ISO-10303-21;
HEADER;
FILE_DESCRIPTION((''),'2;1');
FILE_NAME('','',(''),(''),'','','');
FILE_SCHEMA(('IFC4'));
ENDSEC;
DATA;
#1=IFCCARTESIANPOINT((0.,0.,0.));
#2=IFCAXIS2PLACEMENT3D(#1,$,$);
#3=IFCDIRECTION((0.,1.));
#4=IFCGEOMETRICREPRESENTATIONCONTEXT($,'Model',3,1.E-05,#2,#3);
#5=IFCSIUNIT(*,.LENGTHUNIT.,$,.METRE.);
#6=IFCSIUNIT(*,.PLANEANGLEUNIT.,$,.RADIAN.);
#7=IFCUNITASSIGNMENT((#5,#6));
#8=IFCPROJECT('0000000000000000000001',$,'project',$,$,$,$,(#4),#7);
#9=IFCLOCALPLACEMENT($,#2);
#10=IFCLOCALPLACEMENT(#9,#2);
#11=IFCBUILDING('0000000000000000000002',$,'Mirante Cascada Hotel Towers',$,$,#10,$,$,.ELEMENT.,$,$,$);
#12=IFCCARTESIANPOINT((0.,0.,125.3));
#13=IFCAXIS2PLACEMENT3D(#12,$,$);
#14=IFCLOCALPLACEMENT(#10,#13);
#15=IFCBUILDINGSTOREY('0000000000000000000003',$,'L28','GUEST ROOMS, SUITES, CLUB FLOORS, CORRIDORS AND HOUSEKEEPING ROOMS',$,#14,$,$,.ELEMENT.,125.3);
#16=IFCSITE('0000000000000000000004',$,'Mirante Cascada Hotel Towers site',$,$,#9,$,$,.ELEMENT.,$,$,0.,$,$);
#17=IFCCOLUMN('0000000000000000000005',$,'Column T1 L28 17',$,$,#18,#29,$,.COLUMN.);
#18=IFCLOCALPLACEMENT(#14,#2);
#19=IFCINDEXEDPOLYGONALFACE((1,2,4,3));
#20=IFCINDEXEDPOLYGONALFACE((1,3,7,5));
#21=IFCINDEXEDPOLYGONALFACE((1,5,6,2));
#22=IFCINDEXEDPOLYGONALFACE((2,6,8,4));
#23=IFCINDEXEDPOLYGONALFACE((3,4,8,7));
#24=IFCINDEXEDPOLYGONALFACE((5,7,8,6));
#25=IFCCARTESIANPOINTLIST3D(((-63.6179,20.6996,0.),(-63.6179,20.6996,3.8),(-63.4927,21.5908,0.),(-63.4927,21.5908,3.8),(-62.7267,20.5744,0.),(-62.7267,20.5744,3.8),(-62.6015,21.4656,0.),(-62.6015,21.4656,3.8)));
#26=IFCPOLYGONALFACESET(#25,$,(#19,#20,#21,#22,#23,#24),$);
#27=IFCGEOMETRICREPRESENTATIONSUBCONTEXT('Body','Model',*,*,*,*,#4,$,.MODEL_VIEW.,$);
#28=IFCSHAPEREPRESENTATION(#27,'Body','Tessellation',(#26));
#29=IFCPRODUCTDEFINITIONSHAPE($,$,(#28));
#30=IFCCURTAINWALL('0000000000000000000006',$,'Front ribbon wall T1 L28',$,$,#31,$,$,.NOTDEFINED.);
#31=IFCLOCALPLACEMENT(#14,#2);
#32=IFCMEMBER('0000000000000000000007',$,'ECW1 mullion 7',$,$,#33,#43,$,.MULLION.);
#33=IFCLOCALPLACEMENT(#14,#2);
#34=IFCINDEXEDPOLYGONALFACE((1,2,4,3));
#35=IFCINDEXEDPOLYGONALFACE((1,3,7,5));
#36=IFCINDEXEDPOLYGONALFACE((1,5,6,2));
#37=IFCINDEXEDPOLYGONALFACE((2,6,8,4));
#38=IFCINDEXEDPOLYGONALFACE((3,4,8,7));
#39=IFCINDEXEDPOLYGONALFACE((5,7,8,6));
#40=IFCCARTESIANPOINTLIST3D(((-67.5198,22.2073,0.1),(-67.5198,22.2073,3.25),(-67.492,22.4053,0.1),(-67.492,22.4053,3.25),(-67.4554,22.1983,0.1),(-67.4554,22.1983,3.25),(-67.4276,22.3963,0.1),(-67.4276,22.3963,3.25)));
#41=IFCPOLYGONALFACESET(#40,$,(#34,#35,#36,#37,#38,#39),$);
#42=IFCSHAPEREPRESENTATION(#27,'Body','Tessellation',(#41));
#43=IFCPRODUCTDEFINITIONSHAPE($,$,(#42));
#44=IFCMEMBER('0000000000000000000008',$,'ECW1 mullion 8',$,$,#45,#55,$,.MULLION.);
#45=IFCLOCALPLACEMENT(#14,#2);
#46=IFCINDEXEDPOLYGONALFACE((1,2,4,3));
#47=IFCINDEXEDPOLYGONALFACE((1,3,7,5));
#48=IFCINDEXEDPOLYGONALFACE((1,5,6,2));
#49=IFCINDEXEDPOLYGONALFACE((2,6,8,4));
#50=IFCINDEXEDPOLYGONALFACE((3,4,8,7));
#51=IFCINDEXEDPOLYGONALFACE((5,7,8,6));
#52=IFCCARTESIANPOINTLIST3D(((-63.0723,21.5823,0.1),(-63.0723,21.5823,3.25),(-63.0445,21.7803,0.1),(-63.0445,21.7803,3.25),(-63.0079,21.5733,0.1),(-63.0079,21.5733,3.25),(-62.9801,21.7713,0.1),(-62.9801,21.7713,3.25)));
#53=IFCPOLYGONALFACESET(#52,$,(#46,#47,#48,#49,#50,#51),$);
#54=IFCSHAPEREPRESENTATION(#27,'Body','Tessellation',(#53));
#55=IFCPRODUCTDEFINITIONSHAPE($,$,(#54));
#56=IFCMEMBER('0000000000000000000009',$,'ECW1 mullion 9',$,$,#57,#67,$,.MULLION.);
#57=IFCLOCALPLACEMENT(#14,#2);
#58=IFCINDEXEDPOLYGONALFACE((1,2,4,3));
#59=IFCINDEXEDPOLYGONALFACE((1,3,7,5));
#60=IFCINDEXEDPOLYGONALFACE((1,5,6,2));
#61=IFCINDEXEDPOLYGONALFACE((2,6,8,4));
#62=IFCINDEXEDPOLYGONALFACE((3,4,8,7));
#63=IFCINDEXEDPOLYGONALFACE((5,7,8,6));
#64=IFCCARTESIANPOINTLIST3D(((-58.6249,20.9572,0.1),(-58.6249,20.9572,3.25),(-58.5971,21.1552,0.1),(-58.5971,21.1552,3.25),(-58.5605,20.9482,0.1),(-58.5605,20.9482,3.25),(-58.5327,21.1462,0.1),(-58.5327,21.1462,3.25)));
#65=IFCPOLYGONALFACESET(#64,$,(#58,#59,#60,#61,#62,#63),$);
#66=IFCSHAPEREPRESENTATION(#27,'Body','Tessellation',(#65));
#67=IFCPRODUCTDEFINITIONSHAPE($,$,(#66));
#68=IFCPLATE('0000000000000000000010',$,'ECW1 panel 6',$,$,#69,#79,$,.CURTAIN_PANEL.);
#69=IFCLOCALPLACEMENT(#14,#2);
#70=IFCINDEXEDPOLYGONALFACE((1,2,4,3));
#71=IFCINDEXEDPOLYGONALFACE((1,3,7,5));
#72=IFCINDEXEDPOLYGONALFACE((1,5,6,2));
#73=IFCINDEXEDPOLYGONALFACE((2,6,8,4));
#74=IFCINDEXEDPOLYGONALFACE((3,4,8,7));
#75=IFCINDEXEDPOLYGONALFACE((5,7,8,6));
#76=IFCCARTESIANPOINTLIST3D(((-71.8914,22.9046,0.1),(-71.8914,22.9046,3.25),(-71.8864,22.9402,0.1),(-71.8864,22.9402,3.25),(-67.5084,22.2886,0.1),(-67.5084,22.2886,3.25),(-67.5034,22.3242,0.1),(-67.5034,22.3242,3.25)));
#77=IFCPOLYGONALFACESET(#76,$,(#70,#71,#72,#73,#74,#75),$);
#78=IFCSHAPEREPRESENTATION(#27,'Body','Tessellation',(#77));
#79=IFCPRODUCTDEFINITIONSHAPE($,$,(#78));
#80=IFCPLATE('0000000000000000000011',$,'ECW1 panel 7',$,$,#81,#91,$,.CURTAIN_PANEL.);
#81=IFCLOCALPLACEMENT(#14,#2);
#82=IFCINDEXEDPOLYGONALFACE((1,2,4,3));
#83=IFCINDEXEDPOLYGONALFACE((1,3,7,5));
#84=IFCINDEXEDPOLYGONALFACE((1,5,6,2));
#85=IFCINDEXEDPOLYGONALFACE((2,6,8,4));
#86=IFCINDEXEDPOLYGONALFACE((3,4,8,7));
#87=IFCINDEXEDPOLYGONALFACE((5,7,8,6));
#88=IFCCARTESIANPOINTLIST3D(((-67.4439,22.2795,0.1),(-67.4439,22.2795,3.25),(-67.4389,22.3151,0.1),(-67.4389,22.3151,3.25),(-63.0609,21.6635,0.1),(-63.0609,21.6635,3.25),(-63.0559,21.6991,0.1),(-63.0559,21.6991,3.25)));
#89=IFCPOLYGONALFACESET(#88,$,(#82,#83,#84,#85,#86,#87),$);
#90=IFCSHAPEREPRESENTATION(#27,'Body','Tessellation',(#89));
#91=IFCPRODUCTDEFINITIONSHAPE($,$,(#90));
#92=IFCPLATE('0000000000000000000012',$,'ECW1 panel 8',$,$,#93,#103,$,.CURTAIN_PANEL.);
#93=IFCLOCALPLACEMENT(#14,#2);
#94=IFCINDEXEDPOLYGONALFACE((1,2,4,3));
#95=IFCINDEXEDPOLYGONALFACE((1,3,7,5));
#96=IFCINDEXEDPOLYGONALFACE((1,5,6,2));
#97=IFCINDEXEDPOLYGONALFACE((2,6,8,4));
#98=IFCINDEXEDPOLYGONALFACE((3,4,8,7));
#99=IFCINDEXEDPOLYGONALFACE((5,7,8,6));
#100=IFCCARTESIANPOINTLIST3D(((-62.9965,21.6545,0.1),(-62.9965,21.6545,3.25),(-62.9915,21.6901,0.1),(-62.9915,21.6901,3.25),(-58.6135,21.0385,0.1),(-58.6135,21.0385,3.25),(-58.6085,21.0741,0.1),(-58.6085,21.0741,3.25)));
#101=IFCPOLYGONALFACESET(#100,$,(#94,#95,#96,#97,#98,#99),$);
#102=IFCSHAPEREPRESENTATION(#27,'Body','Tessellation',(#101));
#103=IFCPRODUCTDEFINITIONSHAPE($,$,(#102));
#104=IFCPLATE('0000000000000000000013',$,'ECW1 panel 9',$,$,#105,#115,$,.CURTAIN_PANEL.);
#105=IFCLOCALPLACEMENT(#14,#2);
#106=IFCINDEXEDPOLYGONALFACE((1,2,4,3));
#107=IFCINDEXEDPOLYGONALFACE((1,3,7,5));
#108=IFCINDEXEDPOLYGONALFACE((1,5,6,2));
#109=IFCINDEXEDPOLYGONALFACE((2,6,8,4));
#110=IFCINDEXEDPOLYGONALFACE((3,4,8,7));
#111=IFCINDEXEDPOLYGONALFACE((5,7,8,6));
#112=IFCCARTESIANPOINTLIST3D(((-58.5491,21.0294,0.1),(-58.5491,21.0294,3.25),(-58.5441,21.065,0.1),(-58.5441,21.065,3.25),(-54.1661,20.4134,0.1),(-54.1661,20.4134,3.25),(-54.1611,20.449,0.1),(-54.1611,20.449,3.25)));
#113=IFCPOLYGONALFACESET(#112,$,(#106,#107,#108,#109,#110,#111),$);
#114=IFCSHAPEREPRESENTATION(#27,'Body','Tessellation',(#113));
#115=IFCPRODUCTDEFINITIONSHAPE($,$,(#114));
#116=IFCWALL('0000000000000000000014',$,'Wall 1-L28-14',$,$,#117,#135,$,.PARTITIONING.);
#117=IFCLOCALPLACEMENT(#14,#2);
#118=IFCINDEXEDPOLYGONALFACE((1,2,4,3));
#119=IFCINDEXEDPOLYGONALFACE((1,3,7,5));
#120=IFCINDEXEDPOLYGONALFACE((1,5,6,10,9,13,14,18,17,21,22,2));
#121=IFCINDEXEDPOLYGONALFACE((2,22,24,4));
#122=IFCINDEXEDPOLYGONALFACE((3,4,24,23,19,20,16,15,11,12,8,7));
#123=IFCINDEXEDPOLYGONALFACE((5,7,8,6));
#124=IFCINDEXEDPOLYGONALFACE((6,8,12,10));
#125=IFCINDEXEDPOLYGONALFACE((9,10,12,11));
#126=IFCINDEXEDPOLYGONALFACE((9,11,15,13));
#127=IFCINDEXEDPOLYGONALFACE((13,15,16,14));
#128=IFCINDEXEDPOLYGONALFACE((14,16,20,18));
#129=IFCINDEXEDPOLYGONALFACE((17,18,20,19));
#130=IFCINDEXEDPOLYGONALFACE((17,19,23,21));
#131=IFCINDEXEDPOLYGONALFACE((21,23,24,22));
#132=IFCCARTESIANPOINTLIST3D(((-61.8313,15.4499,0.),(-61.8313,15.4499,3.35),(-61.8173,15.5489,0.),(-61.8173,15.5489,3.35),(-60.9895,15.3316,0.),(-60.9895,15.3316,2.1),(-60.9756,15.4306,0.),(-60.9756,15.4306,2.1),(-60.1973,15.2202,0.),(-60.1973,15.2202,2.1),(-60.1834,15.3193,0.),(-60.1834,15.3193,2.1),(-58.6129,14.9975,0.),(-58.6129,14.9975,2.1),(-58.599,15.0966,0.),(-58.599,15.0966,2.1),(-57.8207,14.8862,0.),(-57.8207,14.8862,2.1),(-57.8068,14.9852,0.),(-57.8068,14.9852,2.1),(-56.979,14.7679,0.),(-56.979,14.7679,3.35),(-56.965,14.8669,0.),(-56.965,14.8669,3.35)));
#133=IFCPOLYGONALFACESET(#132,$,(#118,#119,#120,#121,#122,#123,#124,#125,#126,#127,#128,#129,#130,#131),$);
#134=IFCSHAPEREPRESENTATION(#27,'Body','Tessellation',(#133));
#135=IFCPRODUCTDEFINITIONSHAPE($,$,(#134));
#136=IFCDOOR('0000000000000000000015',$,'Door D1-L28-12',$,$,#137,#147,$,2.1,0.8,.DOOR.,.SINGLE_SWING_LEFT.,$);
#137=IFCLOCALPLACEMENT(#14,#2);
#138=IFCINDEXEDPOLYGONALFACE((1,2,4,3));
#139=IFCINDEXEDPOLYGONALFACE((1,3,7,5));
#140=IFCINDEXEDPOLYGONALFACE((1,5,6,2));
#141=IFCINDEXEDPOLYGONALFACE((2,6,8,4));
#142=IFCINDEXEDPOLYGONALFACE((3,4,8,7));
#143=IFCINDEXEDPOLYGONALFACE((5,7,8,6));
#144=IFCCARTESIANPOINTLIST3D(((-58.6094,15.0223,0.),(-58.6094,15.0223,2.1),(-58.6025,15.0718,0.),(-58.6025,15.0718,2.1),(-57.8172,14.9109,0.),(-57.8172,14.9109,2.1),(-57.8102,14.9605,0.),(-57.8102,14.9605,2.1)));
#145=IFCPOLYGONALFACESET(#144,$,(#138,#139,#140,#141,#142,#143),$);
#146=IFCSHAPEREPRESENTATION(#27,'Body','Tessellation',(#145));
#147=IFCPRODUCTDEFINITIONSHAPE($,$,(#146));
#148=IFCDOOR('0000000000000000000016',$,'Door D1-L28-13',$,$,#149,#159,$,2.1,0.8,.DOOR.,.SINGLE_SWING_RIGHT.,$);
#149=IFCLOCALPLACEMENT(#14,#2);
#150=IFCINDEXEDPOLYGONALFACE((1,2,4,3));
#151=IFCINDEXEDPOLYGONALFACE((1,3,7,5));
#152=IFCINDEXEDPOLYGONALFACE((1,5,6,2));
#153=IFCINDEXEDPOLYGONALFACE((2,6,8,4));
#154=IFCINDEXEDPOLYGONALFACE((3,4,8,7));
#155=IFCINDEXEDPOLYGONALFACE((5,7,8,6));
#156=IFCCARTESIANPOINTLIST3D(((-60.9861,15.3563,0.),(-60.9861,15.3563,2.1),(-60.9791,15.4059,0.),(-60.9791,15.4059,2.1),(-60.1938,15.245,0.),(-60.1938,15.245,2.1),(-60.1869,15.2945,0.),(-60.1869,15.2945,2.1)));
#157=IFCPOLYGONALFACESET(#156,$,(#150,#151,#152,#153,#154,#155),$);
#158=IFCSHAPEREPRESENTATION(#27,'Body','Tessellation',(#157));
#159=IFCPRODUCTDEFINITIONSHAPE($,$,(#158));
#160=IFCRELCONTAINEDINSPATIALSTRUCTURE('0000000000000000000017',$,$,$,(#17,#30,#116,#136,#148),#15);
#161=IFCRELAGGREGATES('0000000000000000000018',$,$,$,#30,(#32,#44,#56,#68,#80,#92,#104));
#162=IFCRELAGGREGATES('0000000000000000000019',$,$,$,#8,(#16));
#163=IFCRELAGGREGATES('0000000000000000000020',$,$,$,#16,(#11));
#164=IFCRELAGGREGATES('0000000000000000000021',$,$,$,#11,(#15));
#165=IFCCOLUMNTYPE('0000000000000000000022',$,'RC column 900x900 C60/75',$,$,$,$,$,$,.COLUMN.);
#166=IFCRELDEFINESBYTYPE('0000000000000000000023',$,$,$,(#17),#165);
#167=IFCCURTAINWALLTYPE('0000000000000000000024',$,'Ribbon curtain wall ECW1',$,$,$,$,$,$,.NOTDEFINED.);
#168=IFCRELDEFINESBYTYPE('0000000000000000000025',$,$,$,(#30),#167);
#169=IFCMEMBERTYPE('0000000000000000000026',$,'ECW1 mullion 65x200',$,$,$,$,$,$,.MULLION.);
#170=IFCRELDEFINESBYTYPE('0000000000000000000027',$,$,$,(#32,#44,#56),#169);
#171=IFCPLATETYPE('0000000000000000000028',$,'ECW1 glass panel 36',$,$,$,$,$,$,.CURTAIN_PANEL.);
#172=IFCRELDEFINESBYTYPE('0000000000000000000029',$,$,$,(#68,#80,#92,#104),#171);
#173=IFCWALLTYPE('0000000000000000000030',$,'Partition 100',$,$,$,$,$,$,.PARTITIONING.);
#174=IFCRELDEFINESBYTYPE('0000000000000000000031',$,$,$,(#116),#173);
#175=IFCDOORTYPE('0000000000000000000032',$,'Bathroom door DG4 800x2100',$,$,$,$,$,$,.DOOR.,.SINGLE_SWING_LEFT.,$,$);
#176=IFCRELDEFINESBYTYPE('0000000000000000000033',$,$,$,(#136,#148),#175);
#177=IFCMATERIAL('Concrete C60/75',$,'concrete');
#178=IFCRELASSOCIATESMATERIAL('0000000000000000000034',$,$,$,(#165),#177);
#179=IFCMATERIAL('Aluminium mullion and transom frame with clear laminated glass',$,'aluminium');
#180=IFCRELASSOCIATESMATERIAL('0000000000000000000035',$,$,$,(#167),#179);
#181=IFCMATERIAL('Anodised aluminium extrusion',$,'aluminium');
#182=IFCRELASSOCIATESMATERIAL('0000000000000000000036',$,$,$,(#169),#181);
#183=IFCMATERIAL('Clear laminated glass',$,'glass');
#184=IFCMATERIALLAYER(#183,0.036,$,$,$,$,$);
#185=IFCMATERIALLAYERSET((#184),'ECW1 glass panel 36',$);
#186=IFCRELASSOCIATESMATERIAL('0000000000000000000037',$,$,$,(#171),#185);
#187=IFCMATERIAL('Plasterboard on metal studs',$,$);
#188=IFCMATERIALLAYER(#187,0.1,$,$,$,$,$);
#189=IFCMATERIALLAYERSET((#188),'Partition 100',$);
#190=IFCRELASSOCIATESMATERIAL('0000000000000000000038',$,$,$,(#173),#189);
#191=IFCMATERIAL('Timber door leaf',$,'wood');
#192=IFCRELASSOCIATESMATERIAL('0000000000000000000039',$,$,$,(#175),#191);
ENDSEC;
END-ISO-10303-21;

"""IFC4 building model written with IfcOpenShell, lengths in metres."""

from ifc_helpers import new_model, si_unit, direction, frame, frame_2d, origin, origin_2d, place, context, subcontext, project, spatial, rectangle, extrude, material, layer, layer_set, material_profile, profile_set, type_object, element, fill, aggregate, save


model = new_model("IFC4")

# Units and contexts
model_context = context("Model", 3, precision=1e-05, world=origin(), true_north=direction((0.0, 1.0)))
body_context = subcontext(model_context, "Body", "Model", "MODEL_VIEW")
ifc_project = project(units=[si_unit("LENGTHUNIT", "METRE"), si_unit("PLANEANGLEUNIT", "RADIAN")], contexts=[model_context])

# Site, building, storey
site_placement = place(None, origin())
site = spatial("IfcSite", under=ifc_project, at=site_placement, Name="Mirante Cascada Hotel Towers site", CompositionType="ELEMENT", RefElevation=0.0)
building_placement = place(site_placement, origin())
building = spatial("IfcBuilding", under=site, at=building_placement, Name="Mirante Cascada Hotel Towers", CompositionType="ELEMENT")
storey_placement = place(building_placement, frame((0.0, 0.0, 125.3)))
storey = spatial("IfcBuildingStorey", under=building, at=storey_placement, Name="L28", Description="GUEST ROOMS, SUITES, CLUB FLOORS, CORRIDORS AND HOUSEKEEPING ROOMS", CompositionType="ELEMENT", Elevation=125.3)

# Column
ifc_material_1 = material(Name="Concrete C60/75", Category="concrete")
ifc_material_profile_1 = material_profile(ifc_material_1, rectangle(XDim=0.9, YDim=0.9, at=origin_2d()), Name="RC column 900x900 C60/75")
ifc_profile_set_1 = profile_set([ifc_material_profile_1], Name="Concrete C60/75")
column_type = type_object("IfcColumnType", Name="RC column 900x900 C60/75", PredefinedType="COLUMN", material=ifc_profile_set_1)
column_placement = place(storey_placement, frame((-63.1097, 21.0826, 0.0), z_axis=(0.0, 0.0, 1.0), x_axis=(-0.990268, 0.139173, 0.0)))
element("IfcColumn", 1, at=column_placement, inside=storey, type_object=column_type, Name="Column T1 L28 17", PredefinedType="COLUMN", context=body_context, shape_type="SweptSolid", body=[
    extrude(rectangle(XDim=0.9, YDim=0.9, at=origin_2d()), origin(), (0.0, 0.0, 1.0), 3.8),
])

# Curtain wall, members, plates
ifc_material_2 = material(Name="Aluminium mullion and transom frame with clear laminated glass", Category="aluminium")
curtain_wall_type = type_object("IfcCurtainWallType", Name="Ribbon curtain wall ECW1", PredefinedType="NOTDEFINED", material=ifc_material_2)
curtain_wall_placement = place(storey_placement, origin())
curtain_wall = element("IfcCurtainWall", 2, at=curtain_wall_placement, inside=storey, type_object=curtain_wall_type, Name="Front ribbon wall T1 L28", PredefinedType="NOTDEFINED")
ifc_material_3 = material(Name="Anodised aluminium extrusion", Category="aluminium")
ifc_material_profile_2 = material_profile(ifc_material_3, rectangle(XDim=0.2, YDim=0.065, at=origin_2d()), Name="ECW1 MULLION 65x200")
ifc_profile_set_2 = profile_set([ifc_material_profile_2], Name="Anodised aluminium extrusion")
member_type = type_object("IfcMemberType", Name="ECW1 mullion 65x200", PredefinedType="MULLION", material=ifc_profile_set_2)
member_1_placement = place(storey_placement, frame((-67.4737, 22.3018, 0.1), z_axis=(0.0, 0.0, 1.0), x_axis=(0.139173, 0.990268, 0.0)))
member_1 = element("IfcMember", 3, at=member_1_placement, type_object=member_type, Name="ECW1 mullion 7", PredefinedType="MULLION", context=body_context, shape_type="SweptSolid", body=[
    extrude(rectangle(XDim=0.2, YDim=0.065, at=origin_2d()), origin(), (0.0, 0.0, 1.0), 3.15),
])
member_2_placement = place(storey_placement, frame((-63.0262, 21.6768, 0.1), z_axis=(0.0, 0.0, 1.0), x_axis=(0.139173, 0.990268, 0.0)))
member_2 = element("IfcMember", 4, at=member_2_placement, type_object=member_type, Name="ECW1 mullion 8", PredefinedType="MULLION", context=body_context, shape_type="SweptSolid", body=[
    extrude(rectangle(XDim=0.2, YDim=0.065, at=origin_2d()), origin(), (0.0, 0.0, 1.0), 3.15),
])
member_3_placement = place(storey_placement, frame((-58.5788, 21.0517, 0.1), z_axis=(0.0, 0.0, 1.0), x_axis=(0.139173, 0.990268, 0.0)))
member_3 = element("IfcMember", 5, at=member_3_placement, type_object=member_type, Name="ECW1 mullion 9", PredefinedType="MULLION", context=body_context, shape_type="SweptSolid", body=[
    extrude(rectangle(XDim=0.2, YDim=0.065, at=origin_2d()), origin(), (0.0, 0.0, 1.0), 3.15),
])
ifc_material_4 = material(Name="Clear laminated glass", Category="glass")
ifc_layer_1 = layer(ifc_material_4, 0.036)
ifc_layer_set_1 = layer_set([ifc_layer_1], Name="ECW1 glass panel 36")
plate_type = type_object("IfcPlateType", Name="ECW1 glass panel 36", PredefinedType="CURTAIN_PANEL", material=ifc_layer_set_1)
plate_1_placement = place(storey_placement, frame((-69.6974, 22.6144, 0.1), z_axis=(0.0, 0.0, 1.0), x_axis=(0.990268, -0.139173, 0.0)))
plate_1 = element("IfcPlate", 6, at=plate_1_placement, type_object=plate_type, Name="ECW1 panel 6", PredefinedType="CURTAIN_PANEL", context=body_context, shape_type="SweptSolid", body=[
    extrude(rectangle(XDim=4.4261, YDim=0.036, at=origin_2d()), origin(), (0.0, 0.0, 1.0), 3.15),
])
plate_2_placement = place(storey_placement, frame((-65.2499, 21.9893, 0.1), z_axis=(0.0, 0.0, 1.0), x_axis=(0.990268, -0.139173, 0.0)))
plate_2 = element("IfcPlate", 7, at=plate_2_placement, type_object=plate_type, Name="ECW1 panel 7", PredefinedType="CURTAIN_PANEL", context=body_context, shape_type="SweptSolid", body=[
    extrude(rectangle(XDim=4.4261, YDim=0.036, at=origin_2d()), origin(), (0.0, 0.0, 1.0), 3.15),
])
plate_3_placement = place(storey_placement, frame((-60.8025, 21.3643, 0.1), z_axis=(0.0, 0.0, 1.0), x_axis=(0.990268, -0.139173, 0.0)))
plate_3 = element("IfcPlate", 8, at=plate_3_placement, type_object=plate_type, Name="ECW1 panel 8", PredefinedType="CURTAIN_PANEL", context=body_context, shape_type="SweptSolid", body=[
    extrude(rectangle(XDim=4.4261, YDim=0.036, at=origin_2d()), origin(), (0.0, 0.0, 1.0), 3.15),
])
plate_4_placement = place(storey_placement, frame((-56.3551, 20.7392, 0.1), z_axis=(0.0, 0.0, 1.0), x_axis=(0.990268, -0.139173, 0.0)))
plate_4 = element("IfcPlate", 9, at=plate_4_placement, type_object=plate_type, Name="ECW1 panel 9", PredefinedType="CURTAIN_PANEL", context=body_context, shape_type="SweptSolid", body=[
    extrude(rectangle(XDim=4.4261, YDim=0.036, at=origin_2d()), origin(), (0.0, 0.0, 1.0), 3.15),
])
aggregate(curtain_wall, [member_1, member_2, member_3, plate_1, plate_2, plate_3, plate_4])

# Wall, openings, doors
ifc_material_5 = material(Name="Plasterboard on metal studs")
ifc_layer_2 = layer(ifc_material_5, 0.1)
ifc_layer_set_2 = layer_set([ifc_layer_2], Name="Partition 100")
wall_type = type_object("IfcWallType", Name="Partition 100", PredefinedType="PARTITIONING", material=ifc_layer_set_2)
wall_1_placement = place(storey_placement, frame((-61.8243, 15.4994, 0.0), z_axis=(0.0, 0.0, 1.0), x_axis=(0.990267, -0.139184, 0.0)))
wall_1 = element("IfcWall", 10, at=wall_1_placement, inside=storey, type_object=wall_type, Name="Wall 1-L28-14", PredefinedType="PARTITIONING", context=body_context, shape_type="SweptSolid", body=[
    extrude(rectangle(XDim=4.9, YDim=0.1, at=frame_2d((2.45, 0.0))), origin(), (0.0, 0.0, 1.0), 3.35),
])
opening_1_placement = place(wall_1_placement, frame((3.25, 0.0, 0.0)))
opening_1 = element("IfcOpeningElement", 11, at=opening_1_placement, cuts=wall_1, PredefinedType="OPENING", context=body_context, shape_type="SweptSolid", body=[
    extrude(rectangle(XDim=0.8, YDim=2.1, at=frame_2d((0.4, 1.05))), frame((0.0, 0.05, 0.0), z_axis=(0.0, -1.0, 0.0), x_axis=(1.0, 0.0, 0.0)), (0.0, 0.0, 1.0), 0.1),
])
opening_2_placement = place(wall_1_placement, frame((0.85, 0.0, 0.0)))
opening_2 = element("IfcOpeningElement", 12, at=opening_2_placement, cuts=wall_1, PredefinedType="OPENING", context=body_context, shape_type="SweptSolid", body=[
    extrude(rectangle(XDim=0.8, YDim=2.1, at=frame_2d((0.4, 1.05))), frame((0.0, 0.05, 0.0), z_axis=(0.0, -1.0, 0.0), x_axis=(1.0, 0.0, 0.0)), (0.0, 0.0, 1.0), 0.1),
])
ifc_material_6 = material(Name="Timber door leaf", Category="wood")
door_type_1 = type_object("IfcDoorType", Name="Bathroom door DG4 800x2100", OperationType="SINGLE_SWING_LEFT", PredefinedType="DOOR", material=ifc_material_6)
door_1_placement = place(opening_1_placement, origin())
door_1 = element("IfcDoor", 13, at=door_1_placement, inside=storey, type_object=door_type_1, Name="Door D1-L28-12", OperationType="SINGLE_SWING_LEFT", OverallHeight=2.1, OverallWidth=0.8, PredefinedType="DOOR", context=body_context, shape_type="SweptSolid", body=[
    extrude(rectangle(XDim=0.8, YDim=2.1, at=frame_2d((0.4, 1.05))), frame((0.0, 0.025, 0.0), z_axis=(0.0, -1.0, 0.0), x_axis=(1.0, 0.0, 0.0)), (0.0, 0.0, 1.0), 0.05),
])
fill(opening_1, door_1)
door_2_placement = place(opening_2_placement, frame((0.8, 0.0, 0.0), z_axis=(0.0, 0.0, 1.0), x_axis=(-1.0, 0.0, 0.0)))
door_2 = element("IfcDoor", 14, at=door_2_placement, inside=storey, type_object=door_type_1, Name="Door D1-L28-13", OperationType="SINGLE_SWING_RIGHT", OverallHeight=2.1, OverallWidth=0.8, PredefinedType="DOOR", context=body_context, shape_type="SweptSolid", body=[
    extrude(rectangle(XDim=0.8, YDim=2.1, at=frame_2d((0.4, 1.05))), frame((0.0, 0.025, 0.0), z_axis=(0.0, -1.0, 0.0), x_axis=(1.0, 0.0, 0.0)), (0.0, 0.0, 1.0), 0.05),
])
fill(opening_2, door_2)

save(model, "model.ifc")
